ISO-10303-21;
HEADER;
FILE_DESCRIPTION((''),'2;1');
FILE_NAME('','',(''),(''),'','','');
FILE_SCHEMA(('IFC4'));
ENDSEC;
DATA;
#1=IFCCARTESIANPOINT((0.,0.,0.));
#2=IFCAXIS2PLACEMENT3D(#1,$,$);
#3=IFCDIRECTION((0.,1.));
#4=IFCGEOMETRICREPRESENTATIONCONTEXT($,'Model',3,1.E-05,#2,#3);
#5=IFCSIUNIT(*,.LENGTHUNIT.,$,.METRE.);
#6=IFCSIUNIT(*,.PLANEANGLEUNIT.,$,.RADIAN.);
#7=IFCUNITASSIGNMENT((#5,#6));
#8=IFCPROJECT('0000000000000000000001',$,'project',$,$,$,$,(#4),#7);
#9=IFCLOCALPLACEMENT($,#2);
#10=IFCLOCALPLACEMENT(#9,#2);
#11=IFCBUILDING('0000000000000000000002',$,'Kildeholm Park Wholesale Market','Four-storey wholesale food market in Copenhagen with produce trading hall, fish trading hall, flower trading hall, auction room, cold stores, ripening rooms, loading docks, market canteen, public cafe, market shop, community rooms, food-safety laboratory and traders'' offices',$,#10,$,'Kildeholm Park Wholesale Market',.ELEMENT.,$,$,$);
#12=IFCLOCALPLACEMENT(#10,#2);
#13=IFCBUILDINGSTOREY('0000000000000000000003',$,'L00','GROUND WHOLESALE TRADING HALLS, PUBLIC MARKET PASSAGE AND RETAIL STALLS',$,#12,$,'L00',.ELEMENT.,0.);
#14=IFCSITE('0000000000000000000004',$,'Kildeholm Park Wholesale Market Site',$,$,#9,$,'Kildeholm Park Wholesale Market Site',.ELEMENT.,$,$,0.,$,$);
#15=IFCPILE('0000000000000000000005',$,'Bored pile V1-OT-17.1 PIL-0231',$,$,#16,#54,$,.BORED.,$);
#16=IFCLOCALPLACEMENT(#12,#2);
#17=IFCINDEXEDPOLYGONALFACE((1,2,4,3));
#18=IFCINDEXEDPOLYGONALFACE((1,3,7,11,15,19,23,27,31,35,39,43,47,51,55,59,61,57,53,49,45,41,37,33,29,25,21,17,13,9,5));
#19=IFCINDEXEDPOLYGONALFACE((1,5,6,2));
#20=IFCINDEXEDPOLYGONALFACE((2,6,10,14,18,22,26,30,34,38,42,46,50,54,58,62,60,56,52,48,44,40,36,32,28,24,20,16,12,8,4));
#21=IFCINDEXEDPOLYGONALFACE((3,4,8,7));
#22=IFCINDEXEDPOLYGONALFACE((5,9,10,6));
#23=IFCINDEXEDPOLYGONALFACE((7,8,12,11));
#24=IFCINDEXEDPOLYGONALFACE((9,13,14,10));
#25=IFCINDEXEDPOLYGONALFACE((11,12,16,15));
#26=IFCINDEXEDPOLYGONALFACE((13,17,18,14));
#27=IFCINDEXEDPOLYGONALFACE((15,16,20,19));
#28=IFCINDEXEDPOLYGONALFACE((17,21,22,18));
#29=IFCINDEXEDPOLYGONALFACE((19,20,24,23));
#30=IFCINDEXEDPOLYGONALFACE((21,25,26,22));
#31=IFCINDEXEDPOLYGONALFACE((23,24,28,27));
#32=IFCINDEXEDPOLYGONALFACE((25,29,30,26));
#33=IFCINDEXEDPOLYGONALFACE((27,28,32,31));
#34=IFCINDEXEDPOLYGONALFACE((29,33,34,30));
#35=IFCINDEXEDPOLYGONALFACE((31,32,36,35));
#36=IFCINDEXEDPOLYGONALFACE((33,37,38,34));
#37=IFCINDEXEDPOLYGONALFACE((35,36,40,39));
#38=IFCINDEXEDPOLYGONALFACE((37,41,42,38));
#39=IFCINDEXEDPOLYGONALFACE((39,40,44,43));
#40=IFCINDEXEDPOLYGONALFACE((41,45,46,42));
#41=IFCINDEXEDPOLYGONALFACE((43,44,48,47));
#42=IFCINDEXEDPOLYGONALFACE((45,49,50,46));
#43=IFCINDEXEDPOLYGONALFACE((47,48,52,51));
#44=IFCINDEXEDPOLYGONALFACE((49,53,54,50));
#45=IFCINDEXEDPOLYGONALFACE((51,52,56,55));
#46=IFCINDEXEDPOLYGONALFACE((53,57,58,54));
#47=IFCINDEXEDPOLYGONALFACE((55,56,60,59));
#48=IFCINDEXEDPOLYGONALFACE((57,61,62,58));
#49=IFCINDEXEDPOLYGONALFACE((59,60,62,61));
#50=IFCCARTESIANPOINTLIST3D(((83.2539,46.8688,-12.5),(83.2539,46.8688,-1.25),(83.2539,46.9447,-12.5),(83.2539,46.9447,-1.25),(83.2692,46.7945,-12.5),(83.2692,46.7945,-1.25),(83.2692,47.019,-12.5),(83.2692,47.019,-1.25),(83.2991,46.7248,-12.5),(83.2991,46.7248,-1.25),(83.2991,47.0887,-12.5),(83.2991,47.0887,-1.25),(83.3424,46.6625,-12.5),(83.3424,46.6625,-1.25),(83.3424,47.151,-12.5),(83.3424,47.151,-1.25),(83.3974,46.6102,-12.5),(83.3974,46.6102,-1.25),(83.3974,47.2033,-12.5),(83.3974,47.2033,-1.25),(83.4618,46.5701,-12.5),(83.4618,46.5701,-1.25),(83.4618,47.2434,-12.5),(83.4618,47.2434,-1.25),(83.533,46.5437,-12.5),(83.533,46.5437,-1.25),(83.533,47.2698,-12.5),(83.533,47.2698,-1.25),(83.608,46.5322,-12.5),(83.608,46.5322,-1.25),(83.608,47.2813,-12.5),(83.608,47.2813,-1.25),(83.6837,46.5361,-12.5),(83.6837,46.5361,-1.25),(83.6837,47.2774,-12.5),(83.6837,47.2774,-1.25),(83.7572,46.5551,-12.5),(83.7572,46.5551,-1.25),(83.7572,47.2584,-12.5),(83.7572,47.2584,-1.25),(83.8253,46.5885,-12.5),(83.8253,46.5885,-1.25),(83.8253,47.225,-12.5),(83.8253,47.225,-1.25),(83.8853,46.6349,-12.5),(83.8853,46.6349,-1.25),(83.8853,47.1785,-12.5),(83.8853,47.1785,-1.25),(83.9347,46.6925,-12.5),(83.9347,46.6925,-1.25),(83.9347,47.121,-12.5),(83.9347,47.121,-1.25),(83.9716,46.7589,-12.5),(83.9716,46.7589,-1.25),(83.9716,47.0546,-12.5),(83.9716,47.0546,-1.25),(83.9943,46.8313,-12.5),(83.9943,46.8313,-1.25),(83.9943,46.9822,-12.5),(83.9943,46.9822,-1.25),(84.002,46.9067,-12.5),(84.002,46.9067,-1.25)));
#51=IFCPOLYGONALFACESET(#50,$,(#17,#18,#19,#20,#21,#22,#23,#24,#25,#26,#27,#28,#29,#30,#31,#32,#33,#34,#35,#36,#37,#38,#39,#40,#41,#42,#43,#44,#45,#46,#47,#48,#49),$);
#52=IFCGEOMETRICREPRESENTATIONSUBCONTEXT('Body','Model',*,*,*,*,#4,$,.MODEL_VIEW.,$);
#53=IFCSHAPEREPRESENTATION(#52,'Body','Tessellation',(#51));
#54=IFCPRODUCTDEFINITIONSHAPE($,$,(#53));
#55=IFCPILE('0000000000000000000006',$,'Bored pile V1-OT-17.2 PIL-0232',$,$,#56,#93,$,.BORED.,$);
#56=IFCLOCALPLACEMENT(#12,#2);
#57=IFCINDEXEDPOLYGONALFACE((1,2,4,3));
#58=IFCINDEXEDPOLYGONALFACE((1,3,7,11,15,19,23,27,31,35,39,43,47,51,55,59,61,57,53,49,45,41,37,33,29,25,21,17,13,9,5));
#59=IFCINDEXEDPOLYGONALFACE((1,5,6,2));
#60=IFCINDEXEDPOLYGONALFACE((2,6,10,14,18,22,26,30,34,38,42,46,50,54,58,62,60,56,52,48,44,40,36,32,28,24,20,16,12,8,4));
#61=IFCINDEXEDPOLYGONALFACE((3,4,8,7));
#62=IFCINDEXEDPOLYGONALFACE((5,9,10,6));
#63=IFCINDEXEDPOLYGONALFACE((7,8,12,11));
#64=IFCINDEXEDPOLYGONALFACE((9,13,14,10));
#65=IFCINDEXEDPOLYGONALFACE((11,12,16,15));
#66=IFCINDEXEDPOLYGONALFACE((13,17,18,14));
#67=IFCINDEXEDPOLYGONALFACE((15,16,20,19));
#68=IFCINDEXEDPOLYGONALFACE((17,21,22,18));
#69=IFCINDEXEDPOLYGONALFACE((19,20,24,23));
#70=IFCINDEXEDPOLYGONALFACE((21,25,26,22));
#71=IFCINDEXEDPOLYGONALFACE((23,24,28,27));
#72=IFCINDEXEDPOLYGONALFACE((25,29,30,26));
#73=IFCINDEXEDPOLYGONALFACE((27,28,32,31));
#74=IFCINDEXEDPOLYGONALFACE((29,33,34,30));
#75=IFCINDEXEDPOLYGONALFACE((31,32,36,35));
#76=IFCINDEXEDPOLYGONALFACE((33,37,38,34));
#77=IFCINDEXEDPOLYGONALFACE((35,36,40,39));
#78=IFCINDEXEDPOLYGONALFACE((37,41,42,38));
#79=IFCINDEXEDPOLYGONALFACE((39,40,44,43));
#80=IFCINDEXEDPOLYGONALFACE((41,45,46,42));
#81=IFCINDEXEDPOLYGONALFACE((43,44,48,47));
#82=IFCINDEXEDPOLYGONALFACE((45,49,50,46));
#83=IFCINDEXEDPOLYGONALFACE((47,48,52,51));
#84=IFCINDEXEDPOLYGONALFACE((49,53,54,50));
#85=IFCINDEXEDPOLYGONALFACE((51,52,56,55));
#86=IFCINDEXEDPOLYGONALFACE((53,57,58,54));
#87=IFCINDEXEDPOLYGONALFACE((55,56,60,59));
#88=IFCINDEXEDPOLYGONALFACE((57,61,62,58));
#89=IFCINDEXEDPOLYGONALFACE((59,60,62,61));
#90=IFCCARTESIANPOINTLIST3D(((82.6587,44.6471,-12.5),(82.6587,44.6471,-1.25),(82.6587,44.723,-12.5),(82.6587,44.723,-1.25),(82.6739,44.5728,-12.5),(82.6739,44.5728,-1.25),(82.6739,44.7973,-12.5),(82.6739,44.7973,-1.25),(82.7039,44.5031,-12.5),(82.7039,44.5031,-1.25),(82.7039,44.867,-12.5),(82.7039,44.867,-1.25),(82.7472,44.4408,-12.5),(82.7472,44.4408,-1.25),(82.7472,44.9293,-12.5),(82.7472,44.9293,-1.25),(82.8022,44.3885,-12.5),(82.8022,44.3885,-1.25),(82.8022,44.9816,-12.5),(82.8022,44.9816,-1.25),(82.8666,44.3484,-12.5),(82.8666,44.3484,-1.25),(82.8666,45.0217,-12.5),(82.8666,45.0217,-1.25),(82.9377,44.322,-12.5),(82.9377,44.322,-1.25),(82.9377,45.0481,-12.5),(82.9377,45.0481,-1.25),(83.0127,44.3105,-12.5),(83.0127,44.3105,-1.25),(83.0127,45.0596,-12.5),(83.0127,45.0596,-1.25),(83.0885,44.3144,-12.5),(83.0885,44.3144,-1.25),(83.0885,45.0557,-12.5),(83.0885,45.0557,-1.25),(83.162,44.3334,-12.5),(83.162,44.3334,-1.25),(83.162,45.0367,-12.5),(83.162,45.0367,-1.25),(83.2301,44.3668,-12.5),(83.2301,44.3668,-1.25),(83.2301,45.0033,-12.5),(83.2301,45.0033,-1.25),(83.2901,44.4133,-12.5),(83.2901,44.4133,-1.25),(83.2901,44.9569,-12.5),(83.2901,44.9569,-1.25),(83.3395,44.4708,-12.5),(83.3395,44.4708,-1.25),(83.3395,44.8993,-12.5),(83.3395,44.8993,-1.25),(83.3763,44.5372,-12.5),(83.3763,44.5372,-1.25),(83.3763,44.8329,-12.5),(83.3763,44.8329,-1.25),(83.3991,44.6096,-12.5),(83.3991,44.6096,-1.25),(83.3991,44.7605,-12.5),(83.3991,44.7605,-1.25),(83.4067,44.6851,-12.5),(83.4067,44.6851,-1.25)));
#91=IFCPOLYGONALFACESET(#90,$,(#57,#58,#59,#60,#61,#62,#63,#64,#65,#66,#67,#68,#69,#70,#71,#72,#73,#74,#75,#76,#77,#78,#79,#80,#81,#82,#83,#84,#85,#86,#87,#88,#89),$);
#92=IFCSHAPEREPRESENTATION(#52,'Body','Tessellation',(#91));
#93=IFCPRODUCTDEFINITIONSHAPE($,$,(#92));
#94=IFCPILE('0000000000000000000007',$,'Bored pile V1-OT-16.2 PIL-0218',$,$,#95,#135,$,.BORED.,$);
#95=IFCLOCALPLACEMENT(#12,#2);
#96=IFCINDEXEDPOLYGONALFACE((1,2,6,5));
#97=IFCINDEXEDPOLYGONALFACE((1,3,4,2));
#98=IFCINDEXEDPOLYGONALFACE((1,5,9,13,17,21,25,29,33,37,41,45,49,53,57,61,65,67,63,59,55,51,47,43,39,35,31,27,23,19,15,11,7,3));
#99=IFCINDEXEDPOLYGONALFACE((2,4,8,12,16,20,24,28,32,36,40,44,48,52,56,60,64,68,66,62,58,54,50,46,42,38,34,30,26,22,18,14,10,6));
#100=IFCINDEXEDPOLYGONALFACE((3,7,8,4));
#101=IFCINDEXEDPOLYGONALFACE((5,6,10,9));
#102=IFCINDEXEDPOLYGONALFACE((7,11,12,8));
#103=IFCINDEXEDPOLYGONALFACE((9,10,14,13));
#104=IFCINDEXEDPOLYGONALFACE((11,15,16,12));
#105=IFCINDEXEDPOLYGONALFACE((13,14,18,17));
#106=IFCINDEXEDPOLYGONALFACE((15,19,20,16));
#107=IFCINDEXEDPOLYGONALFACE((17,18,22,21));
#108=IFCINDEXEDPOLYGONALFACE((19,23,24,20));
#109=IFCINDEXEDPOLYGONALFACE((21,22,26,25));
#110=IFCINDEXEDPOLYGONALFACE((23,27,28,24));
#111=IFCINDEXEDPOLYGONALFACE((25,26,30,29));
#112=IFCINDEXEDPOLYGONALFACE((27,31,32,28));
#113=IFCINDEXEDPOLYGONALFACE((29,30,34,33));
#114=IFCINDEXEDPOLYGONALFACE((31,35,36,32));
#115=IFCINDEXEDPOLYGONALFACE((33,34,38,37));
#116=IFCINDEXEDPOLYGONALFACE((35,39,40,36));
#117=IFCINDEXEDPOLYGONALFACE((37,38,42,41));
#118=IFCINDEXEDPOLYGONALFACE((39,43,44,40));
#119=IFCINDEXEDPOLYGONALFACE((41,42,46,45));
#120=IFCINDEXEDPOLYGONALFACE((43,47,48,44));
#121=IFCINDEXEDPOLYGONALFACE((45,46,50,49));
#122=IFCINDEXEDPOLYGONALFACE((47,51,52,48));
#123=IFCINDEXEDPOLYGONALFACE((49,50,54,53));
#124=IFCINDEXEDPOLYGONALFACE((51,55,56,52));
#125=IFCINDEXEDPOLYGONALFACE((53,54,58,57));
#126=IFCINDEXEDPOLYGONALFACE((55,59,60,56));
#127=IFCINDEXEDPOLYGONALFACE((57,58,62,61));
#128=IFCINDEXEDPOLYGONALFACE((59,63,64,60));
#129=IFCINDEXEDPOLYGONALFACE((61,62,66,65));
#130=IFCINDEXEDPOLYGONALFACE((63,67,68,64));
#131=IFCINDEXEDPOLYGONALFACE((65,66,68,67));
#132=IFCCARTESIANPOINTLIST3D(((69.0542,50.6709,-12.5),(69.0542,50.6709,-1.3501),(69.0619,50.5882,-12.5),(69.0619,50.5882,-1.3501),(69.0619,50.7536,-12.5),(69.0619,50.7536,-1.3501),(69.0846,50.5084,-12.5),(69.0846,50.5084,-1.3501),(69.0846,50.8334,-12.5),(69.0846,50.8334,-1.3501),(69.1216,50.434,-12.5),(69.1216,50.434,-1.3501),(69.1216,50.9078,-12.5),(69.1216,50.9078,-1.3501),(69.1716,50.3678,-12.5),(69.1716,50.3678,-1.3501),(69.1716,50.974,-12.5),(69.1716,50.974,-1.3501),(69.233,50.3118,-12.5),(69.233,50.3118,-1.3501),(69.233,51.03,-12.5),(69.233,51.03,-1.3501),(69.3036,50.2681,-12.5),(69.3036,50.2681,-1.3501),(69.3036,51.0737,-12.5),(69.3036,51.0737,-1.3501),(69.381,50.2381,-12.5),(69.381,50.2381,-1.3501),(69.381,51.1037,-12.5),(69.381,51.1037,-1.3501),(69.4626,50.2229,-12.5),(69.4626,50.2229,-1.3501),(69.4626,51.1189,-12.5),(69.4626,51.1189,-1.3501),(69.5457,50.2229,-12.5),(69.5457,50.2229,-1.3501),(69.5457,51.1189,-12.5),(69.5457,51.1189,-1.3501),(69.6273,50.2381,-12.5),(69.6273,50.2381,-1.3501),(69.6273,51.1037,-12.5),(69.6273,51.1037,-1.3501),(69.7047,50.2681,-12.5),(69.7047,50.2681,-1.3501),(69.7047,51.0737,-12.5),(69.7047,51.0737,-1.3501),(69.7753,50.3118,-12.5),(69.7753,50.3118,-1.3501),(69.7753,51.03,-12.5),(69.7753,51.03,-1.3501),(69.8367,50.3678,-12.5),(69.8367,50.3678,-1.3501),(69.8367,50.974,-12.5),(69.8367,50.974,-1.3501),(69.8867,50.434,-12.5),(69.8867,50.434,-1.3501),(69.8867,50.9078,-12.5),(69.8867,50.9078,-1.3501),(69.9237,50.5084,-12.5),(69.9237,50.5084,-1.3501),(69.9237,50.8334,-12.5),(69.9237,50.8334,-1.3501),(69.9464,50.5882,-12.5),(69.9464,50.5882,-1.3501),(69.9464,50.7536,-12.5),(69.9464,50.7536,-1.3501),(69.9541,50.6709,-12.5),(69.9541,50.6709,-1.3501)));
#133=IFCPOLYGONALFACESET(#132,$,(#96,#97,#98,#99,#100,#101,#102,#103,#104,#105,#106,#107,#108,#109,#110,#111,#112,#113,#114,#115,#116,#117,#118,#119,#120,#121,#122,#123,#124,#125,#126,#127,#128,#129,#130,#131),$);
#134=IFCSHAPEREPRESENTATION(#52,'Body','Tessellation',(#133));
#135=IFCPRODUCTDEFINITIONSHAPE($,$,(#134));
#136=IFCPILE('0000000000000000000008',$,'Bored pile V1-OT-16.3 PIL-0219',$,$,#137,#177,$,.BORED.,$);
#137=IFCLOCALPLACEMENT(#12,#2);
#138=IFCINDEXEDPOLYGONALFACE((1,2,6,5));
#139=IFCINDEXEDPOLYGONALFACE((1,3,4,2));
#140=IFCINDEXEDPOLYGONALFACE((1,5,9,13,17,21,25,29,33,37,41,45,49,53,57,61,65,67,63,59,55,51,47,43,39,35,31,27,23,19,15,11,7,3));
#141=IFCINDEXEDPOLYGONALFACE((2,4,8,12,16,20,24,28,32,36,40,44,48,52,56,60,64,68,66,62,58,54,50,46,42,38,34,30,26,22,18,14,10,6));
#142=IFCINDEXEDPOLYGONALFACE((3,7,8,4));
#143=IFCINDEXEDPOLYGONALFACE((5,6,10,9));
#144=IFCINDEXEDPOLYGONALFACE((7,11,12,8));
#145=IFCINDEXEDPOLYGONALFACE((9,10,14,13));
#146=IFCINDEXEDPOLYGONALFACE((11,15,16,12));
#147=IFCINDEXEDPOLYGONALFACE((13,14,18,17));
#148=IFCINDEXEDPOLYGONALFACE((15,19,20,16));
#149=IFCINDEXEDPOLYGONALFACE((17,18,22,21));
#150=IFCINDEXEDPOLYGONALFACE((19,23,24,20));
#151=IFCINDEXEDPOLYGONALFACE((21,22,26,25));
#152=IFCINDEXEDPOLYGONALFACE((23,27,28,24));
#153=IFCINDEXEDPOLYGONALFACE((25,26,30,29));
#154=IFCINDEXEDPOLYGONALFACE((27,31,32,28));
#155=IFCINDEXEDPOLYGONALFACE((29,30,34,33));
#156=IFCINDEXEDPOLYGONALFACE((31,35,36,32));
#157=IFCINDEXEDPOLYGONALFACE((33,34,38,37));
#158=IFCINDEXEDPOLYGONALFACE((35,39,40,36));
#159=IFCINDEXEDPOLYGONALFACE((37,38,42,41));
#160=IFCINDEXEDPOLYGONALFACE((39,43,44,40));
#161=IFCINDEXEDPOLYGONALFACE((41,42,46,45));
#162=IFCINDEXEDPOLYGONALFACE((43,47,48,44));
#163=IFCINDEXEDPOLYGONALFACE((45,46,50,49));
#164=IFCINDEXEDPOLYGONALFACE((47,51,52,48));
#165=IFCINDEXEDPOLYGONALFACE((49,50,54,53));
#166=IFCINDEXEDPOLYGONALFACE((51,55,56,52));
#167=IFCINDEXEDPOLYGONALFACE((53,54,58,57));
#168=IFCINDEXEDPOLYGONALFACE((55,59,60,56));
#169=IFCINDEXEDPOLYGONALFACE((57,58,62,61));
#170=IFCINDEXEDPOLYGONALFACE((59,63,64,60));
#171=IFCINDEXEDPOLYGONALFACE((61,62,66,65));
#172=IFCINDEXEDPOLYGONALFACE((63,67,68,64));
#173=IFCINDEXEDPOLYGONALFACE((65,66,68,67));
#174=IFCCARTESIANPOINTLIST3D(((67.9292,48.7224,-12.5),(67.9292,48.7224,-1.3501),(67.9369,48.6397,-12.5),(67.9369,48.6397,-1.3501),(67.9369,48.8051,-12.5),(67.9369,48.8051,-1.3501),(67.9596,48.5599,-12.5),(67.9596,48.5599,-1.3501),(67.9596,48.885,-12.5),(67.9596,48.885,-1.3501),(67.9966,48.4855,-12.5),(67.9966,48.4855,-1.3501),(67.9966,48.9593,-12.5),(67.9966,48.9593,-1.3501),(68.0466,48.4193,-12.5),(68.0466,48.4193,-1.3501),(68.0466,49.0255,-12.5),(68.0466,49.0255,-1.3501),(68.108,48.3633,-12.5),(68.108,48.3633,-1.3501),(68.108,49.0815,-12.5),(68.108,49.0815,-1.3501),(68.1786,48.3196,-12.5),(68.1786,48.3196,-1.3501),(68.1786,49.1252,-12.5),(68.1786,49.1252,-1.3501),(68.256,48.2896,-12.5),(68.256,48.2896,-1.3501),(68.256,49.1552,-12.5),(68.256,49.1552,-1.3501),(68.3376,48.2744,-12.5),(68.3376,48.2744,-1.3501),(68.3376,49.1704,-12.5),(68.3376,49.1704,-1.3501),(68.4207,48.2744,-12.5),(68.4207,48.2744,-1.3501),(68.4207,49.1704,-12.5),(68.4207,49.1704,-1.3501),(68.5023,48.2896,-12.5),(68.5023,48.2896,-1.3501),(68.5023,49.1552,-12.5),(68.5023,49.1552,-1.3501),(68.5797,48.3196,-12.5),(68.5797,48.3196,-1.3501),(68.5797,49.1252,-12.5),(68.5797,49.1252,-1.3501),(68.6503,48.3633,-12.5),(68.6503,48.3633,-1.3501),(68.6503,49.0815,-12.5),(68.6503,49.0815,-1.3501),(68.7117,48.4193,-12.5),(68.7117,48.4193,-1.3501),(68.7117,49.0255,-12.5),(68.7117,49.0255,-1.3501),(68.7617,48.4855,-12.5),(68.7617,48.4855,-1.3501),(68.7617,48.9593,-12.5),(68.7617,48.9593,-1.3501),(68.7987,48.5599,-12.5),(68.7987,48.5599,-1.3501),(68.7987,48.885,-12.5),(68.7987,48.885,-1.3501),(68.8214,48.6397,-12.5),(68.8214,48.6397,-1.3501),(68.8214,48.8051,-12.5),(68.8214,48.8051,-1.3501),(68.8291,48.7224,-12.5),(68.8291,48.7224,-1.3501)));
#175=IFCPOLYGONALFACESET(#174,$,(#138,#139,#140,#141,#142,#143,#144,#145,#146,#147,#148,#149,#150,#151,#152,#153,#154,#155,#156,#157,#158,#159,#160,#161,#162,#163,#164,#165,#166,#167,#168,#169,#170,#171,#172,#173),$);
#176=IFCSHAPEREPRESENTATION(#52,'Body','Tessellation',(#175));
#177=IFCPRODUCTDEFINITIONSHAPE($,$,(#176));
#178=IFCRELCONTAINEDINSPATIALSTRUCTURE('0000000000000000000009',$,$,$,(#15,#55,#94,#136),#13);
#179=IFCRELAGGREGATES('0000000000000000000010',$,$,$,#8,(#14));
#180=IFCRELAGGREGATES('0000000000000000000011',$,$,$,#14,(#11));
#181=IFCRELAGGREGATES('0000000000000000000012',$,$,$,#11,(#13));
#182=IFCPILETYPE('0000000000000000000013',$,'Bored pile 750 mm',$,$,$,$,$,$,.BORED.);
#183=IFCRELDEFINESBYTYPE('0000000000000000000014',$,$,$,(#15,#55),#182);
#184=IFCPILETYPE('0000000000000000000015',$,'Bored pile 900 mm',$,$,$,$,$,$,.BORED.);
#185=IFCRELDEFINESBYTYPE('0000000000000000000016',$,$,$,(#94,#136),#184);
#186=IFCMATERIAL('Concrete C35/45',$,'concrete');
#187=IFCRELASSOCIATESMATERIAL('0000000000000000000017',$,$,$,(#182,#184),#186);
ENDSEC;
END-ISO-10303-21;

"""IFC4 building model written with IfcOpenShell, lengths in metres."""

from ifc_helpers import new_model, si_unit, direction, frame, origin, origin_2d, place, context, subcontext, project, spatial, circle, extrude, material, material_profile, profile_set, type_object, element, save


model = new_model("IFC4")

# Units and contexts
model_context = context("Model", 3, precision=1e-05, world=origin(), true_north=direction((0.0, 1.0)))
body_context = subcontext(model_context, "Body", "Model", "MODEL_VIEW")
ifc_project = project(units=[si_unit("LENGTHUNIT", "METRE"), si_unit("PLANEANGLEUNIT", "RADIAN")], contexts=[model_context])

# Site, building, storey
site_placement = place(None, origin())
site = spatial("IfcSite", under=ifc_project, at=site_placement, Name="Kildeholm Park Wholesale Market Site", LongName="Kildeholm Park Wholesale Market Site", CompositionType="ELEMENT", RefElevation=0.0)
building_placement = place(site_placement, origin())
building = spatial("IfcBuilding", under=site, at=building_placement, Name="Kildeholm Park Wholesale Market", Description="Four-storey wholesale food market in Copenhagen with produce trading hall, fish trading hall, flower trading hall, auction room, cold stores, ripening rooms, loading docks, market canteen, public cafe, market shop, community rooms, food-safety laboratory and traders' offices", LongName="Kildeholm Park Wholesale Market", CompositionType="ELEMENT")
storey_placement = place(building_placement, origin())
storey = spatial("IfcBuildingStorey", under=building, at=storey_placement, Name="L00", Description="GROUND WHOLESALE TRADING HALLS, PUBLIC MARKET PASSAGE AND RETAIL STALLS", LongName="L00", CompositionType="ELEMENT", Elevation=0.0)

# Piles
ifc_material_1 = material(Name="Concrete C35/45", Category="concrete")
ifc_material_profile_1 = material_profile(ifc_material_1, circle(Radius=0.375, at=origin_2d()), Name="PILE D750")
ifc_profile_set_1 = profile_set([ifc_material_profile_1], Name="Concrete C35/45")
pile_type_1 = type_object("IfcPileType", Name="Bored pile 750 mm", PredefinedType="BORED", material=ifc_profile_set_1)
for number, where, z_axis, x_axis, name in (
    (1, (83.627, 46.9067, -1.25), (0.0, 0.0, -1.0), (1.0, 0.0, 0.0), "Bored pile V1-OT-17.1 PIL-0231"),
    (2, (83.0317, 44.6851, -1.25), (0.0, 0.0, -1.0), (1.0, 0.0, 0.0), "Bored pile V1-OT-17.2 PIL-0232"),
):
    element("IfcPile", number, at=place(storey_placement, frame(where, z_axis=z_axis, x_axis=x_axis)), inside=storey, type_object=pile_type_1, Name=name, PredefinedType="BORED", context=body_context, shape_type="SweptSolid", body=[
        extrude(circle(Radius=0.375, at=origin_2d()), origin(), (0.0, 0.0, 1.0), 11.25),
    ])
ifc_material_profile_2 = material_profile(ifc_material_1, circle(Radius=0.45, at=origin_2d()), Name="PILE D900")
ifc_profile_set_2 = profile_set([ifc_material_profile_2], Name="Concrete C35/45")
pile_type_2 = type_object("IfcPileType", Name="Bored pile 900 mm", PredefinedType="BORED", material=ifc_profile_set_2)
for number, where, z_axis, x_axis, name in (
    (3, (69.5042, 50.6709, -1.3501), (0.0, 0.0, -1.0), (1.0, 0.0, 0.0), "Bored pile V1-OT-16.2 PIL-0218"),
    (4, (68.3792, 48.7224, -1.3501), (0.0, 0.0, -1.0), (1.0, 0.0, 0.0), "Bored pile V1-OT-16.3 PIL-0219"),
):
    element("IfcPile", number, at=place(storey_placement, frame(where, z_axis=z_axis, x_axis=x_axis)), inside=storey, type_object=pile_type_2, Name=name, PredefinedType="BORED", context=body_context, shape_type="SweptSolid", body=[
        extrude(circle(Radius=0.45, at=origin_2d()), origin(), (0.0, 0.0, 1.0), 11.1499),
    ])

save(model, "model.ifc")
